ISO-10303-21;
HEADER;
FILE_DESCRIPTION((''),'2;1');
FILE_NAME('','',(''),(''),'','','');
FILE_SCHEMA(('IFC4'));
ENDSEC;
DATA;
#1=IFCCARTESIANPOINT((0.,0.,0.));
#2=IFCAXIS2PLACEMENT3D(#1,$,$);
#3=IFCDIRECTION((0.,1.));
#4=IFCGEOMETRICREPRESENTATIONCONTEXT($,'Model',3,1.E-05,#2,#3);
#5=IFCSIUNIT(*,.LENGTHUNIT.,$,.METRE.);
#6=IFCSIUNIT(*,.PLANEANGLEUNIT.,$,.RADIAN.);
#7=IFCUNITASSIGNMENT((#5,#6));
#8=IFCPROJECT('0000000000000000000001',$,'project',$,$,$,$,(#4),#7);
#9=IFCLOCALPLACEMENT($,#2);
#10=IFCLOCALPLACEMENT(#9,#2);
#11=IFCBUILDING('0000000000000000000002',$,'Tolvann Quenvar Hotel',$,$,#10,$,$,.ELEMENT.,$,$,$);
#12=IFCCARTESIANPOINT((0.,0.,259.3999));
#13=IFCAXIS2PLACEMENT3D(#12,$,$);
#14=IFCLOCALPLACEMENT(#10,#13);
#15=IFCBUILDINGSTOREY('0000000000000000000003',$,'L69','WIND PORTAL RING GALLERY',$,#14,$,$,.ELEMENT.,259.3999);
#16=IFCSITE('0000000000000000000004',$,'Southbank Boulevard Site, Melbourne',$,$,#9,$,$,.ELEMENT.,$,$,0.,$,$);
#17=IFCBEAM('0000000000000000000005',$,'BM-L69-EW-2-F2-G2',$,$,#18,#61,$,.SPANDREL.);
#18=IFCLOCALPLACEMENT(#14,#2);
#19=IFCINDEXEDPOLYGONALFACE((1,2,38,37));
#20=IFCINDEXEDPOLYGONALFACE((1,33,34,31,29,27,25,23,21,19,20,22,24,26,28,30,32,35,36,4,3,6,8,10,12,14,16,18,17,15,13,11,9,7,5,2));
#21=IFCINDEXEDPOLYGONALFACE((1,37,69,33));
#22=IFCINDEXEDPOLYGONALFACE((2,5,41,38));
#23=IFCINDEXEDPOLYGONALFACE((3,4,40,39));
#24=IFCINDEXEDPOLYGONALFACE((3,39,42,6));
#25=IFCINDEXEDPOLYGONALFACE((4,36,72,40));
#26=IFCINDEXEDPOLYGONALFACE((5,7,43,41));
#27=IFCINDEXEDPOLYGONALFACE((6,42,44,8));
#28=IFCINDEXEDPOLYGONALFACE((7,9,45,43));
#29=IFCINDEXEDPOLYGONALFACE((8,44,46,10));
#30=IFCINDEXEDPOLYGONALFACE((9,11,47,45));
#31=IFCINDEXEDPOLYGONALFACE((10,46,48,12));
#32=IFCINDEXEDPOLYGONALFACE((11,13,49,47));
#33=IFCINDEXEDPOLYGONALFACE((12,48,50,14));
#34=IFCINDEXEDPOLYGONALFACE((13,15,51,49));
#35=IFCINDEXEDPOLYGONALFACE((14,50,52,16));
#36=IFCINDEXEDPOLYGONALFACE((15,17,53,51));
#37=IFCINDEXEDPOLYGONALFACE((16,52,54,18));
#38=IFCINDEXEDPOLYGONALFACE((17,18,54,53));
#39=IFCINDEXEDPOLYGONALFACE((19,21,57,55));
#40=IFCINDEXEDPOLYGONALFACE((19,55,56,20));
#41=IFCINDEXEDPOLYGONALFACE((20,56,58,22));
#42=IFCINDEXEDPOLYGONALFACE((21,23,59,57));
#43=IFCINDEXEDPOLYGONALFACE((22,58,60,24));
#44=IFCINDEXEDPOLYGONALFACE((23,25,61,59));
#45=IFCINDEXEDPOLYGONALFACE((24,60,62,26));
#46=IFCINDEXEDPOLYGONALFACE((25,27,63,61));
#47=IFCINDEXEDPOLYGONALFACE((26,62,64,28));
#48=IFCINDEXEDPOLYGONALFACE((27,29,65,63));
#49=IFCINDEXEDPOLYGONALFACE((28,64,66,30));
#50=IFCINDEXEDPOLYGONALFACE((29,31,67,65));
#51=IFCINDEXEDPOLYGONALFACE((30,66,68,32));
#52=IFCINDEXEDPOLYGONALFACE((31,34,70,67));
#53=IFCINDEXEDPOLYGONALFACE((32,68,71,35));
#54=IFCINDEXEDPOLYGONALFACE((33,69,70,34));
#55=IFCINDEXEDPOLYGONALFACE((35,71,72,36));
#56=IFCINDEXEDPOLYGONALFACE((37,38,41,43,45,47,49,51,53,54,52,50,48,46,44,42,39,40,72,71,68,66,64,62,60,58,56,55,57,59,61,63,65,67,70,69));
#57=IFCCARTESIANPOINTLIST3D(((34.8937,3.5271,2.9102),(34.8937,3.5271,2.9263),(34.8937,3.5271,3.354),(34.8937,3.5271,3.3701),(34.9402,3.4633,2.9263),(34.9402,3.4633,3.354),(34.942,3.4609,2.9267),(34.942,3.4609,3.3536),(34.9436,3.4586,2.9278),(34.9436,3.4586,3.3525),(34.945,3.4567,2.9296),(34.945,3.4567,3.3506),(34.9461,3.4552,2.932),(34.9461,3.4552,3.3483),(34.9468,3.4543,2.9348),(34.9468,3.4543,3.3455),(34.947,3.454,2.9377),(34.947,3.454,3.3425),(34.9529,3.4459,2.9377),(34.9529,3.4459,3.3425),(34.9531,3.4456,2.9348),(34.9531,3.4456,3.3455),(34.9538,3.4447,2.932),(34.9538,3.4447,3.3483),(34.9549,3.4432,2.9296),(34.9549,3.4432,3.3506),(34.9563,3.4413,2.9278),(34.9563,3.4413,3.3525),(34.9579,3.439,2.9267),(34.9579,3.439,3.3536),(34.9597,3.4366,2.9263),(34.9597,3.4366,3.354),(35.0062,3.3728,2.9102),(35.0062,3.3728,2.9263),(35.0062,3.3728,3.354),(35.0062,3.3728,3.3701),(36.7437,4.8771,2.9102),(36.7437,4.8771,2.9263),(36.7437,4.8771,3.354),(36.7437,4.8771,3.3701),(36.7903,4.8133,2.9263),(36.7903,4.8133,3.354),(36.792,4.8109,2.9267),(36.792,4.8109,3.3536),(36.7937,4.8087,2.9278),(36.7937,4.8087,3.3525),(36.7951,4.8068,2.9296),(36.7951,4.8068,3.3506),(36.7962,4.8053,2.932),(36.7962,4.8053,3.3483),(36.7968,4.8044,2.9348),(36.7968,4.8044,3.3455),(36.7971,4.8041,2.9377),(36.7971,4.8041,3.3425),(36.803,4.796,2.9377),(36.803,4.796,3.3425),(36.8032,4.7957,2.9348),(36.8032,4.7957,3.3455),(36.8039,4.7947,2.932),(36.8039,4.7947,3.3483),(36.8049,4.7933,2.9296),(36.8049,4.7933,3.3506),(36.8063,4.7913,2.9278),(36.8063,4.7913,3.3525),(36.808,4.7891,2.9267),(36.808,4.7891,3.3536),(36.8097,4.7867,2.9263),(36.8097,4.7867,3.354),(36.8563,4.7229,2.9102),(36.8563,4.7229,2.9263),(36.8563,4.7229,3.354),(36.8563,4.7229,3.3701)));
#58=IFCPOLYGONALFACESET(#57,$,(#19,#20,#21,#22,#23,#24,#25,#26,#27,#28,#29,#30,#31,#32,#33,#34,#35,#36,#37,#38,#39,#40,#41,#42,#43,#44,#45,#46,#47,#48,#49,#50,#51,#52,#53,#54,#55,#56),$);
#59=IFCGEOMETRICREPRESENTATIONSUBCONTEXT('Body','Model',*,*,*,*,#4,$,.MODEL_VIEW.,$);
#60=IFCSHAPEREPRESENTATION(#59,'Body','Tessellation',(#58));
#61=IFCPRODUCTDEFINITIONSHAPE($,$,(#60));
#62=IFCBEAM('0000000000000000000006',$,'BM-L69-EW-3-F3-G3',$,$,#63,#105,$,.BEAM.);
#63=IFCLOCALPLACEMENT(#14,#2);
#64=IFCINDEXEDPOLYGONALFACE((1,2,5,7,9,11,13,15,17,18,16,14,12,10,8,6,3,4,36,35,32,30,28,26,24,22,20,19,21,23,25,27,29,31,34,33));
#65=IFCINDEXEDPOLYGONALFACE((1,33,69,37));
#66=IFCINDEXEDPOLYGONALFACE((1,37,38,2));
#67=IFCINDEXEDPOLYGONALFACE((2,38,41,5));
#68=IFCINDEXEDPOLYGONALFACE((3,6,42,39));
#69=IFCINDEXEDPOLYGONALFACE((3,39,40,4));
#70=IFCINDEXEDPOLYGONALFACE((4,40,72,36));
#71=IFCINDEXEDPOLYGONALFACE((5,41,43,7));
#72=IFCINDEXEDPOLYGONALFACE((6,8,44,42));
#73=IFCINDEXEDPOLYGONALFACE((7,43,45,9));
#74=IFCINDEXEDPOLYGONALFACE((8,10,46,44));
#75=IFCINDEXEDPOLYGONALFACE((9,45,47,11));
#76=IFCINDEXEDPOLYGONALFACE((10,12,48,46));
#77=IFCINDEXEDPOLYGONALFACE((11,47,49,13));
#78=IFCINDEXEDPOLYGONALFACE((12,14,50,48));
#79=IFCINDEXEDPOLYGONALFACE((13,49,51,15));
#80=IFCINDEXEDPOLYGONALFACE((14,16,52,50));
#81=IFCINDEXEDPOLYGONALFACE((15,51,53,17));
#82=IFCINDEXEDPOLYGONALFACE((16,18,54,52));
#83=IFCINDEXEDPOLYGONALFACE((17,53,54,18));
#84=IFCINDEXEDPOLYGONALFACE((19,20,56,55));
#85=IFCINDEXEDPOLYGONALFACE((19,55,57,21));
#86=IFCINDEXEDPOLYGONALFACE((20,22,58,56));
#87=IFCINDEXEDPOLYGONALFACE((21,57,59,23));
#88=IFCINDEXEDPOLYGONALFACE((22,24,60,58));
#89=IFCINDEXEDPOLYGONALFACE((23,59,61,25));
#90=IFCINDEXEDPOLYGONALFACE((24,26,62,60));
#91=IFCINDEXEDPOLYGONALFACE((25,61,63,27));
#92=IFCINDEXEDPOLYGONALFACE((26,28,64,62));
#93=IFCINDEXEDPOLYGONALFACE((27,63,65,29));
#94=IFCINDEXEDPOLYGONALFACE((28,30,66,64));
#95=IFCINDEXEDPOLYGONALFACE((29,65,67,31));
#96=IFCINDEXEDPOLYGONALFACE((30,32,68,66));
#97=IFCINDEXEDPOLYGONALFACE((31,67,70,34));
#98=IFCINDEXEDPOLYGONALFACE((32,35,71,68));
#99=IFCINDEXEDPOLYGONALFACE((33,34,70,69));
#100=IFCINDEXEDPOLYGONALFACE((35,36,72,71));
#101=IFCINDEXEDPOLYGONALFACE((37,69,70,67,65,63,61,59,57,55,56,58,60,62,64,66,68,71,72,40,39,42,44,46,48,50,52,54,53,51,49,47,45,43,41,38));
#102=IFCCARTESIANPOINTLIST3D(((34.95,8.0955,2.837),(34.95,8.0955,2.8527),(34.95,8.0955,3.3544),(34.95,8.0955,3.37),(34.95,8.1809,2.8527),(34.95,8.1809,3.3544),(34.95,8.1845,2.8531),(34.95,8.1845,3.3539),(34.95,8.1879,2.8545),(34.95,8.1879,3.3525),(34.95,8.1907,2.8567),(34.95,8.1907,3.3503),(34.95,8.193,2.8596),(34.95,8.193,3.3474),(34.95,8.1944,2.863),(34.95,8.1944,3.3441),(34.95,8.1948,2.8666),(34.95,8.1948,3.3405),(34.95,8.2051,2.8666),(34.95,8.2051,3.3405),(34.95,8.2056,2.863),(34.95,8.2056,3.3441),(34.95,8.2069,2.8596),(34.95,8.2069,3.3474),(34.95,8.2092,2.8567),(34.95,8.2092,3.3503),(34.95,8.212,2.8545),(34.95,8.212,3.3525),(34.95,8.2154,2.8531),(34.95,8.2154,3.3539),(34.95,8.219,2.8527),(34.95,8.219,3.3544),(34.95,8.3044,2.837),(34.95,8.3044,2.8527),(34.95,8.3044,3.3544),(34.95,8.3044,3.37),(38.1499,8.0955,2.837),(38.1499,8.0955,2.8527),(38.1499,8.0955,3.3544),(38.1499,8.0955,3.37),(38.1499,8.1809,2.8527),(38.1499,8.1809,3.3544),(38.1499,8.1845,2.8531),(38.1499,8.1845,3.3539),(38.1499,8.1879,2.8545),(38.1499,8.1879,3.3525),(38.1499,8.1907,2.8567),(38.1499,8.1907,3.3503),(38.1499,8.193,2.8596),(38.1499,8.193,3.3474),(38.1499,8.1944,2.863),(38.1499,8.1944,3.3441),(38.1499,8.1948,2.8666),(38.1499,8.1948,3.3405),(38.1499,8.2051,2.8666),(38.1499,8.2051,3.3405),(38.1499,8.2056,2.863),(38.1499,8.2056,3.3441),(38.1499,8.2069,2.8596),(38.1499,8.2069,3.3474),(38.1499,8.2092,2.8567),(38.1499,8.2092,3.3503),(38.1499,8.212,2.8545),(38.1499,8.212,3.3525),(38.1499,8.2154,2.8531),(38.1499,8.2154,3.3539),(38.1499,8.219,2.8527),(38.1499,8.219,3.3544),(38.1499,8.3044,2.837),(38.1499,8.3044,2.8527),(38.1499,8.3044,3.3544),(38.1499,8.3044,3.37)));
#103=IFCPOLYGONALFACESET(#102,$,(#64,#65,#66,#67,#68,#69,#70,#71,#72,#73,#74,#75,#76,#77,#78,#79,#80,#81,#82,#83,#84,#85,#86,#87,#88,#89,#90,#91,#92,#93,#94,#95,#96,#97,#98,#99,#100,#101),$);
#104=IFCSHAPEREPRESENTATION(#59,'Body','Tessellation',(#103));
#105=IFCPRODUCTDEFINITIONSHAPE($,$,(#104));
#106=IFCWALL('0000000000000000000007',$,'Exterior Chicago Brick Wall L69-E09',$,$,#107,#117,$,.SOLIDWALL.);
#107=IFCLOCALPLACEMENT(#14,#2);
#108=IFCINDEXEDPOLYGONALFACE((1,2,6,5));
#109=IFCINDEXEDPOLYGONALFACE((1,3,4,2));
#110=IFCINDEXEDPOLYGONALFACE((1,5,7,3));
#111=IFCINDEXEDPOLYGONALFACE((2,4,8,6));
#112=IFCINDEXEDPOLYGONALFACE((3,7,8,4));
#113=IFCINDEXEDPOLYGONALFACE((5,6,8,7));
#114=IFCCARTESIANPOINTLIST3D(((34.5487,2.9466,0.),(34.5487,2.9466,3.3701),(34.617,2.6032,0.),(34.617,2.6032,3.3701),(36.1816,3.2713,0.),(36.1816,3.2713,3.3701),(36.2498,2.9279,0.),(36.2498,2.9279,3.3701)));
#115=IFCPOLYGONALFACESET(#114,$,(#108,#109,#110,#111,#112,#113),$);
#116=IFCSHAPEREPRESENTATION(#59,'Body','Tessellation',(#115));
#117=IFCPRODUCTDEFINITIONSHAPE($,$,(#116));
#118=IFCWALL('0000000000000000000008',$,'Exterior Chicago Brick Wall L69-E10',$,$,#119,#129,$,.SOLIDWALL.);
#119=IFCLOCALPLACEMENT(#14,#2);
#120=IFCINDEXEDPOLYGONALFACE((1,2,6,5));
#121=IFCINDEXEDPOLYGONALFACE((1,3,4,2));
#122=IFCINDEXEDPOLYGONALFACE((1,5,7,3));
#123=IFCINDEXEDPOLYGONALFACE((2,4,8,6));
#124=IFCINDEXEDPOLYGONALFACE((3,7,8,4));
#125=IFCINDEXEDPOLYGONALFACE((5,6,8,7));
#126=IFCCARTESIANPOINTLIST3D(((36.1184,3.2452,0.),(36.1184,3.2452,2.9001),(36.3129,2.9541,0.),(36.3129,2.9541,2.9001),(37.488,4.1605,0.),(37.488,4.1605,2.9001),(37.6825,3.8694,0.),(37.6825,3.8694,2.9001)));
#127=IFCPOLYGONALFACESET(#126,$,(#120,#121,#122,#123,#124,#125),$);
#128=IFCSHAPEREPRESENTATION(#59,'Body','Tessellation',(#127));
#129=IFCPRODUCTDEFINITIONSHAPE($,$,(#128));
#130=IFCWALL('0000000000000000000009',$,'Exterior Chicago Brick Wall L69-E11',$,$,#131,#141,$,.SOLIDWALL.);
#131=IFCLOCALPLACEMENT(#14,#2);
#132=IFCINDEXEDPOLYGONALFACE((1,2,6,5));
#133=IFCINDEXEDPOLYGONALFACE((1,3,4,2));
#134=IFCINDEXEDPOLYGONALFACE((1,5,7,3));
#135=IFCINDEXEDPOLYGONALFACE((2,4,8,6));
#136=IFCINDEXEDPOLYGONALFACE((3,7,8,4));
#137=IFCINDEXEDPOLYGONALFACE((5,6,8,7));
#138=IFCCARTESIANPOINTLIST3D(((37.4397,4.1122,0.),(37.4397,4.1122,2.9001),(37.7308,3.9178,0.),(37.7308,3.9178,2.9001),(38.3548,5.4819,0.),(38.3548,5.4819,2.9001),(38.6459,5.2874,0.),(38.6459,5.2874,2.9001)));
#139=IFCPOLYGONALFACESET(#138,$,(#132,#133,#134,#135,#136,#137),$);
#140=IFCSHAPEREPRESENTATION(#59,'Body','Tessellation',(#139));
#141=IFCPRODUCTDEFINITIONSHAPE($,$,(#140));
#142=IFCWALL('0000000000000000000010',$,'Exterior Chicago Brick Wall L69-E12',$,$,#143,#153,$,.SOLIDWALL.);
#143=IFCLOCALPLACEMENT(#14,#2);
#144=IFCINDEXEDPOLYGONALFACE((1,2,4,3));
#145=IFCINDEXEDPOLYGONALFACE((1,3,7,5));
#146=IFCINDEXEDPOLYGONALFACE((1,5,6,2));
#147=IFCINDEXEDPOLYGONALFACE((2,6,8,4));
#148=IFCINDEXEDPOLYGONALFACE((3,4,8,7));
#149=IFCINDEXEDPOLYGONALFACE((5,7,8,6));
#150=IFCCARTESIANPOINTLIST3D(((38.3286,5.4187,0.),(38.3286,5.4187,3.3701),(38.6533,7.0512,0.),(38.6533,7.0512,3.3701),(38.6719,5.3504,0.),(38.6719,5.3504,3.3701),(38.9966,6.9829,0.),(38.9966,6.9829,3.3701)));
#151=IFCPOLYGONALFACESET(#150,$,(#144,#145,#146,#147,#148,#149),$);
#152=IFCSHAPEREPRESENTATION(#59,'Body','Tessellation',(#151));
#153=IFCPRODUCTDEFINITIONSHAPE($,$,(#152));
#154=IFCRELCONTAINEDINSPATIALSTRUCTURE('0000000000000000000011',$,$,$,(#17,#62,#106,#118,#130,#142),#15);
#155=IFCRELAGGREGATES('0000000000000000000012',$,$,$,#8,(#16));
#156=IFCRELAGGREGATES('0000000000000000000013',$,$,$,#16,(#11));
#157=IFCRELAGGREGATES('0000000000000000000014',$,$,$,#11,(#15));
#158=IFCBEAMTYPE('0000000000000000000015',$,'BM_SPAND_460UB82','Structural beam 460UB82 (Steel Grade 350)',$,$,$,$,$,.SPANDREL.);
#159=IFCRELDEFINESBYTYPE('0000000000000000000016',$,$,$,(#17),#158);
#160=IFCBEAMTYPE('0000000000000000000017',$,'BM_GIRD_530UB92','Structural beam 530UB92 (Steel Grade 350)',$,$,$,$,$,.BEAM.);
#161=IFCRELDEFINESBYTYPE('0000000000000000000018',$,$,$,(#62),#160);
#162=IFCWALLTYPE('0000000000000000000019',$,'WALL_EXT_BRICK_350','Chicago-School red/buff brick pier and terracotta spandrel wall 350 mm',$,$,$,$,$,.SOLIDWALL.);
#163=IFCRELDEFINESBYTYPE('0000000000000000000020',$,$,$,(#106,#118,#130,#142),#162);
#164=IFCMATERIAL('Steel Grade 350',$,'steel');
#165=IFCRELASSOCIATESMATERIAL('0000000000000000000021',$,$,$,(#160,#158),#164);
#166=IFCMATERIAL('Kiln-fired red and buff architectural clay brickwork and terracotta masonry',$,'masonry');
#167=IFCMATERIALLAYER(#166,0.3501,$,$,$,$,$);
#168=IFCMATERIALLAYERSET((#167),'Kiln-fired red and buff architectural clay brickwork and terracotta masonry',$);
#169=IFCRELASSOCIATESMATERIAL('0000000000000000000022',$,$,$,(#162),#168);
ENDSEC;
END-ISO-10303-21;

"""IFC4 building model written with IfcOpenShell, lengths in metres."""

from ifc_helpers import new_model, si_unit, direction, frame, frame_2d, origin, origin_2d, place, context, subcontext, project, spatial, rectangle, i_section, extrude, source, transform, mapped, material, layer, layer_set, material_profile, profile_set, type_object, element, save


model = new_model("IFC4")

# Units and contexts
model_context = context("Model", 3, precision=1e-05, world=origin(), true_north=direction((0.0, 1.0)))
body_context = subcontext(model_context, "Body", "Model", "MODEL_VIEW")
ifc_project = project(units=[si_unit("LENGTHUNIT", "METRE"), si_unit("PLANEANGLEUNIT", "RADIAN")], contexts=[model_context])

# Site, building, storey
site_placement = place(None, origin())
site = spatial("IfcSite", under=ifc_project, at=site_placement, Name="Southbank Boulevard Site, Melbourne", CompositionType="ELEMENT", RefElevation=0.0)
building_placement = place(site_placement, origin())
building = spatial("IfcBuilding", under=site, at=building_placement, Name="Tolvann Quenvar Hotel", CompositionType="ELEMENT")
storey_placement = place(building_placement, frame((0.0, 0.0, 259.3999)))
storey = spatial("IfcBuildingStorey", under=building, at=storey_placement, Name="L69", Description="WIND PORTAL RING GALLERY", CompositionType="ELEMENT", Elevation=259.3999)

# Shared definitions
ifc_material_1 = material(Name="Steel Grade 350", Category="steel")

# Beams
ifc_material_profile_1 = material_profile(ifc_material_1, i_section(OverallWidth=0.209, OverallDepth=0.533, WebThickness=0.0103, FlangeThickness=0.0156, FilletRadius=0.0139, at=origin_2d()), Name="530UB92")
ifc_profile_set_1 = profile_set([ifc_material_profile_1], Name="Steel Grade 350")
beam_type_1 = type_object("IfcBeamType", Name="BM_GIRD_530UB92", Description="Structural beam 530UB92 (Steel Grade 350)", PredefinedType="BEAM", material=ifc_profile_set_1)
ifc_material_profile_2 = material_profile(ifc_material_1, i_section(OverallWidth=0.1909, OverallDepth=0.46, WebThickness=0.01, FlangeThickness=0.0161, FilletRadius=0.0115, at=origin_2d()), Name="460UB82")
ifc_profile_set_2 = profile_set([ifc_material_profile_2], Name="Steel Grade 350")
beam_type_2 = type_object("IfcBeamType", Name="BM_SPAND_460UB82", Description="Structural beam 460UB82 (Steel Grade 350)", PredefinedType="SPANDREL", material=ifc_profile_set_2)
shared_shape_1 = source(origin(), body_context, "Body", "SweptSolid", [
    extrude(i_section(OverallWidth=0.1909, OverallDepth=0.46, WebThickness=0.01, FlangeThickness=0.0161, FilletRadius=0.0115, at=origin_2d()), origin(), (0.0, 0.0, 1.0), 2.2903),
])
beam_1_placement = place(storey_placement, frame((34.95, 3.45, 3.1401), z_axis=(0.807785, 0.589477, 0.0), x_axis=(-0.589477, 0.807785, 0.0)))
element("IfcBeam", 1, at=beam_1_placement, inside=storey, type_object=beam_type_2, Name="BM-L69-EW-2-F2-G2", PredefinedType="SPANDREL", context=body_context, shape_type="MappedRepresentation", body=[
    mapped(shared_shape_1, transform((0.0, 0.0, 0.0), x_axis=(1.0, 0.0, 0.0), y_axis=(0.0, 1.0, 0.0), z_axis=(0.0, 0.0, 1.0), scale=1.0)),
])
shared_shape_2 = source(origin(), body_context, "Body", "SweptSolid", [
    extrude(i_section(OverallWidth=0.209, OverallDepth=0.533, WebThickness=0.0103, FlangeThickness=0.0156, FilletRadius=0.0139, at=origin_2d()), origin(), (0.0, 0.0, 1.0), 3.2),
])
beam_2_placement = place(storey_placement, frame((34.95, 8.2, 3.1035), z_axis=(1.0, 0.0, 0.0), x_axis=(0.0, 1.0, 0.0)))
element("IfcBeam", 2, at=beam_2_placement, inside=storey, type_object=beam_type_1, Name="BM-L69-EW-3-F3-G3", PredefinedType="BEAM", context=body_context, shape_type="MappedRepresentation", body=[
    mapped(shared_shape_2, transform((0.0, 0.0, 0.0), x_axis=(1.0, 0.0, 0.0), y_axis=(0.0, 1.0, 0.0), z_axis=(0.0, 0.0, 1.0), scale=1.0)),
])

# Walls
ifc_material_2 = material(Name="Kiln-fired red and buff architectural clay brickwork and terracotta masonry", Category="masonry")
ifc_layer_1 = layer(ifc_material_2, 0.3501)
ifc_layer_set_1 = layer_set([ifc_layer_1], Name="Kiln-fired red and buff architectural clay brickwork and terracotta masonry")
wall_type_1 = type_object("IfcWallType", Name="WALL_EXT_BRICK_350", Description="Chicago-School red/buff brick pier and terracotta spandrel wall 350 mm", PredefinedType="SOLIDWALL", material=ifc_layer_set_1)
wall_1_placement = place(storey_placement, frame((34.5828, 2.7749, 0.0), z_axis=(0.0, 0.0, 1.0), x_axis=(0.980794, 0.195044, 0.0)))
element("IfcWall", 3, at=wall_1_placement, inside=storey, type_object=wall_type_1, Name="Exterior Chicago Brick Wall L69-E09", PredefinedType="SOLIDWALL", context=body_context, shape_type="SweptSolid", body=[
    extrude(rectangle(XDim=1.6648, YDim=0.3501, at=frame_2d((0.8325, 0.0))), origin(), (0.0, 0.0, 1.0), 3.3701),
])
for number, where, z_axis, x_axis, name in (
    (4, (36.2156, 3.0996, 0.0), (0.0, 0.0, 1.0), (0.831434, 0.555623, 0.0), "Exterior Chicago Brick Wall L69-E10"),
    (5, (37.5852, 4.0149, 0.0), (0.0, 0.0, 1.0), (0.555521, 0.831503, 0.0), "Exterior Chicago Brick Wall L69-E11"),
):
    element("IfcWall", number, at=place(storey_placement, frame(where, z_axis=z_axis, x_axis=x_axis)), inside=storey, type_object=wall_type_1, Name=name, PredefinedType="SOLIDWALL", context=body_context, shape_type="SweptSolid", body=[
        extrude(rectangle(XDim=1.6472, YDim=0.3501, at=frame_2d((0.8237, 0.0))), origin(), (0.0, 0.0, 1.0), 2.9001),
    ])
wall_2_placement = place(storey_placement, frame((38.5002, 5.3845, 0.0), z_axis=(0.0, 0.0, 1.0), x_axis=(0.195072, 0.980789, 0.0)))
element("IfcWall", 6, at=wall_2_placement, inside=storey, type_object=wall_type_1, Name="Exterior Chicago Brick Wall L69-E12", PredefinedType="SOLIDWALL", context=body_context, shape_type="SweptSolid", body=[
    extrude(rectangle(XDim=1.6646, YDim=0.3501, at=frame_2d((0.8323, 0.0))), origin(), (0.0, 0.0, 1.0), 3.3701),
])

save(model, "model.ifc")
